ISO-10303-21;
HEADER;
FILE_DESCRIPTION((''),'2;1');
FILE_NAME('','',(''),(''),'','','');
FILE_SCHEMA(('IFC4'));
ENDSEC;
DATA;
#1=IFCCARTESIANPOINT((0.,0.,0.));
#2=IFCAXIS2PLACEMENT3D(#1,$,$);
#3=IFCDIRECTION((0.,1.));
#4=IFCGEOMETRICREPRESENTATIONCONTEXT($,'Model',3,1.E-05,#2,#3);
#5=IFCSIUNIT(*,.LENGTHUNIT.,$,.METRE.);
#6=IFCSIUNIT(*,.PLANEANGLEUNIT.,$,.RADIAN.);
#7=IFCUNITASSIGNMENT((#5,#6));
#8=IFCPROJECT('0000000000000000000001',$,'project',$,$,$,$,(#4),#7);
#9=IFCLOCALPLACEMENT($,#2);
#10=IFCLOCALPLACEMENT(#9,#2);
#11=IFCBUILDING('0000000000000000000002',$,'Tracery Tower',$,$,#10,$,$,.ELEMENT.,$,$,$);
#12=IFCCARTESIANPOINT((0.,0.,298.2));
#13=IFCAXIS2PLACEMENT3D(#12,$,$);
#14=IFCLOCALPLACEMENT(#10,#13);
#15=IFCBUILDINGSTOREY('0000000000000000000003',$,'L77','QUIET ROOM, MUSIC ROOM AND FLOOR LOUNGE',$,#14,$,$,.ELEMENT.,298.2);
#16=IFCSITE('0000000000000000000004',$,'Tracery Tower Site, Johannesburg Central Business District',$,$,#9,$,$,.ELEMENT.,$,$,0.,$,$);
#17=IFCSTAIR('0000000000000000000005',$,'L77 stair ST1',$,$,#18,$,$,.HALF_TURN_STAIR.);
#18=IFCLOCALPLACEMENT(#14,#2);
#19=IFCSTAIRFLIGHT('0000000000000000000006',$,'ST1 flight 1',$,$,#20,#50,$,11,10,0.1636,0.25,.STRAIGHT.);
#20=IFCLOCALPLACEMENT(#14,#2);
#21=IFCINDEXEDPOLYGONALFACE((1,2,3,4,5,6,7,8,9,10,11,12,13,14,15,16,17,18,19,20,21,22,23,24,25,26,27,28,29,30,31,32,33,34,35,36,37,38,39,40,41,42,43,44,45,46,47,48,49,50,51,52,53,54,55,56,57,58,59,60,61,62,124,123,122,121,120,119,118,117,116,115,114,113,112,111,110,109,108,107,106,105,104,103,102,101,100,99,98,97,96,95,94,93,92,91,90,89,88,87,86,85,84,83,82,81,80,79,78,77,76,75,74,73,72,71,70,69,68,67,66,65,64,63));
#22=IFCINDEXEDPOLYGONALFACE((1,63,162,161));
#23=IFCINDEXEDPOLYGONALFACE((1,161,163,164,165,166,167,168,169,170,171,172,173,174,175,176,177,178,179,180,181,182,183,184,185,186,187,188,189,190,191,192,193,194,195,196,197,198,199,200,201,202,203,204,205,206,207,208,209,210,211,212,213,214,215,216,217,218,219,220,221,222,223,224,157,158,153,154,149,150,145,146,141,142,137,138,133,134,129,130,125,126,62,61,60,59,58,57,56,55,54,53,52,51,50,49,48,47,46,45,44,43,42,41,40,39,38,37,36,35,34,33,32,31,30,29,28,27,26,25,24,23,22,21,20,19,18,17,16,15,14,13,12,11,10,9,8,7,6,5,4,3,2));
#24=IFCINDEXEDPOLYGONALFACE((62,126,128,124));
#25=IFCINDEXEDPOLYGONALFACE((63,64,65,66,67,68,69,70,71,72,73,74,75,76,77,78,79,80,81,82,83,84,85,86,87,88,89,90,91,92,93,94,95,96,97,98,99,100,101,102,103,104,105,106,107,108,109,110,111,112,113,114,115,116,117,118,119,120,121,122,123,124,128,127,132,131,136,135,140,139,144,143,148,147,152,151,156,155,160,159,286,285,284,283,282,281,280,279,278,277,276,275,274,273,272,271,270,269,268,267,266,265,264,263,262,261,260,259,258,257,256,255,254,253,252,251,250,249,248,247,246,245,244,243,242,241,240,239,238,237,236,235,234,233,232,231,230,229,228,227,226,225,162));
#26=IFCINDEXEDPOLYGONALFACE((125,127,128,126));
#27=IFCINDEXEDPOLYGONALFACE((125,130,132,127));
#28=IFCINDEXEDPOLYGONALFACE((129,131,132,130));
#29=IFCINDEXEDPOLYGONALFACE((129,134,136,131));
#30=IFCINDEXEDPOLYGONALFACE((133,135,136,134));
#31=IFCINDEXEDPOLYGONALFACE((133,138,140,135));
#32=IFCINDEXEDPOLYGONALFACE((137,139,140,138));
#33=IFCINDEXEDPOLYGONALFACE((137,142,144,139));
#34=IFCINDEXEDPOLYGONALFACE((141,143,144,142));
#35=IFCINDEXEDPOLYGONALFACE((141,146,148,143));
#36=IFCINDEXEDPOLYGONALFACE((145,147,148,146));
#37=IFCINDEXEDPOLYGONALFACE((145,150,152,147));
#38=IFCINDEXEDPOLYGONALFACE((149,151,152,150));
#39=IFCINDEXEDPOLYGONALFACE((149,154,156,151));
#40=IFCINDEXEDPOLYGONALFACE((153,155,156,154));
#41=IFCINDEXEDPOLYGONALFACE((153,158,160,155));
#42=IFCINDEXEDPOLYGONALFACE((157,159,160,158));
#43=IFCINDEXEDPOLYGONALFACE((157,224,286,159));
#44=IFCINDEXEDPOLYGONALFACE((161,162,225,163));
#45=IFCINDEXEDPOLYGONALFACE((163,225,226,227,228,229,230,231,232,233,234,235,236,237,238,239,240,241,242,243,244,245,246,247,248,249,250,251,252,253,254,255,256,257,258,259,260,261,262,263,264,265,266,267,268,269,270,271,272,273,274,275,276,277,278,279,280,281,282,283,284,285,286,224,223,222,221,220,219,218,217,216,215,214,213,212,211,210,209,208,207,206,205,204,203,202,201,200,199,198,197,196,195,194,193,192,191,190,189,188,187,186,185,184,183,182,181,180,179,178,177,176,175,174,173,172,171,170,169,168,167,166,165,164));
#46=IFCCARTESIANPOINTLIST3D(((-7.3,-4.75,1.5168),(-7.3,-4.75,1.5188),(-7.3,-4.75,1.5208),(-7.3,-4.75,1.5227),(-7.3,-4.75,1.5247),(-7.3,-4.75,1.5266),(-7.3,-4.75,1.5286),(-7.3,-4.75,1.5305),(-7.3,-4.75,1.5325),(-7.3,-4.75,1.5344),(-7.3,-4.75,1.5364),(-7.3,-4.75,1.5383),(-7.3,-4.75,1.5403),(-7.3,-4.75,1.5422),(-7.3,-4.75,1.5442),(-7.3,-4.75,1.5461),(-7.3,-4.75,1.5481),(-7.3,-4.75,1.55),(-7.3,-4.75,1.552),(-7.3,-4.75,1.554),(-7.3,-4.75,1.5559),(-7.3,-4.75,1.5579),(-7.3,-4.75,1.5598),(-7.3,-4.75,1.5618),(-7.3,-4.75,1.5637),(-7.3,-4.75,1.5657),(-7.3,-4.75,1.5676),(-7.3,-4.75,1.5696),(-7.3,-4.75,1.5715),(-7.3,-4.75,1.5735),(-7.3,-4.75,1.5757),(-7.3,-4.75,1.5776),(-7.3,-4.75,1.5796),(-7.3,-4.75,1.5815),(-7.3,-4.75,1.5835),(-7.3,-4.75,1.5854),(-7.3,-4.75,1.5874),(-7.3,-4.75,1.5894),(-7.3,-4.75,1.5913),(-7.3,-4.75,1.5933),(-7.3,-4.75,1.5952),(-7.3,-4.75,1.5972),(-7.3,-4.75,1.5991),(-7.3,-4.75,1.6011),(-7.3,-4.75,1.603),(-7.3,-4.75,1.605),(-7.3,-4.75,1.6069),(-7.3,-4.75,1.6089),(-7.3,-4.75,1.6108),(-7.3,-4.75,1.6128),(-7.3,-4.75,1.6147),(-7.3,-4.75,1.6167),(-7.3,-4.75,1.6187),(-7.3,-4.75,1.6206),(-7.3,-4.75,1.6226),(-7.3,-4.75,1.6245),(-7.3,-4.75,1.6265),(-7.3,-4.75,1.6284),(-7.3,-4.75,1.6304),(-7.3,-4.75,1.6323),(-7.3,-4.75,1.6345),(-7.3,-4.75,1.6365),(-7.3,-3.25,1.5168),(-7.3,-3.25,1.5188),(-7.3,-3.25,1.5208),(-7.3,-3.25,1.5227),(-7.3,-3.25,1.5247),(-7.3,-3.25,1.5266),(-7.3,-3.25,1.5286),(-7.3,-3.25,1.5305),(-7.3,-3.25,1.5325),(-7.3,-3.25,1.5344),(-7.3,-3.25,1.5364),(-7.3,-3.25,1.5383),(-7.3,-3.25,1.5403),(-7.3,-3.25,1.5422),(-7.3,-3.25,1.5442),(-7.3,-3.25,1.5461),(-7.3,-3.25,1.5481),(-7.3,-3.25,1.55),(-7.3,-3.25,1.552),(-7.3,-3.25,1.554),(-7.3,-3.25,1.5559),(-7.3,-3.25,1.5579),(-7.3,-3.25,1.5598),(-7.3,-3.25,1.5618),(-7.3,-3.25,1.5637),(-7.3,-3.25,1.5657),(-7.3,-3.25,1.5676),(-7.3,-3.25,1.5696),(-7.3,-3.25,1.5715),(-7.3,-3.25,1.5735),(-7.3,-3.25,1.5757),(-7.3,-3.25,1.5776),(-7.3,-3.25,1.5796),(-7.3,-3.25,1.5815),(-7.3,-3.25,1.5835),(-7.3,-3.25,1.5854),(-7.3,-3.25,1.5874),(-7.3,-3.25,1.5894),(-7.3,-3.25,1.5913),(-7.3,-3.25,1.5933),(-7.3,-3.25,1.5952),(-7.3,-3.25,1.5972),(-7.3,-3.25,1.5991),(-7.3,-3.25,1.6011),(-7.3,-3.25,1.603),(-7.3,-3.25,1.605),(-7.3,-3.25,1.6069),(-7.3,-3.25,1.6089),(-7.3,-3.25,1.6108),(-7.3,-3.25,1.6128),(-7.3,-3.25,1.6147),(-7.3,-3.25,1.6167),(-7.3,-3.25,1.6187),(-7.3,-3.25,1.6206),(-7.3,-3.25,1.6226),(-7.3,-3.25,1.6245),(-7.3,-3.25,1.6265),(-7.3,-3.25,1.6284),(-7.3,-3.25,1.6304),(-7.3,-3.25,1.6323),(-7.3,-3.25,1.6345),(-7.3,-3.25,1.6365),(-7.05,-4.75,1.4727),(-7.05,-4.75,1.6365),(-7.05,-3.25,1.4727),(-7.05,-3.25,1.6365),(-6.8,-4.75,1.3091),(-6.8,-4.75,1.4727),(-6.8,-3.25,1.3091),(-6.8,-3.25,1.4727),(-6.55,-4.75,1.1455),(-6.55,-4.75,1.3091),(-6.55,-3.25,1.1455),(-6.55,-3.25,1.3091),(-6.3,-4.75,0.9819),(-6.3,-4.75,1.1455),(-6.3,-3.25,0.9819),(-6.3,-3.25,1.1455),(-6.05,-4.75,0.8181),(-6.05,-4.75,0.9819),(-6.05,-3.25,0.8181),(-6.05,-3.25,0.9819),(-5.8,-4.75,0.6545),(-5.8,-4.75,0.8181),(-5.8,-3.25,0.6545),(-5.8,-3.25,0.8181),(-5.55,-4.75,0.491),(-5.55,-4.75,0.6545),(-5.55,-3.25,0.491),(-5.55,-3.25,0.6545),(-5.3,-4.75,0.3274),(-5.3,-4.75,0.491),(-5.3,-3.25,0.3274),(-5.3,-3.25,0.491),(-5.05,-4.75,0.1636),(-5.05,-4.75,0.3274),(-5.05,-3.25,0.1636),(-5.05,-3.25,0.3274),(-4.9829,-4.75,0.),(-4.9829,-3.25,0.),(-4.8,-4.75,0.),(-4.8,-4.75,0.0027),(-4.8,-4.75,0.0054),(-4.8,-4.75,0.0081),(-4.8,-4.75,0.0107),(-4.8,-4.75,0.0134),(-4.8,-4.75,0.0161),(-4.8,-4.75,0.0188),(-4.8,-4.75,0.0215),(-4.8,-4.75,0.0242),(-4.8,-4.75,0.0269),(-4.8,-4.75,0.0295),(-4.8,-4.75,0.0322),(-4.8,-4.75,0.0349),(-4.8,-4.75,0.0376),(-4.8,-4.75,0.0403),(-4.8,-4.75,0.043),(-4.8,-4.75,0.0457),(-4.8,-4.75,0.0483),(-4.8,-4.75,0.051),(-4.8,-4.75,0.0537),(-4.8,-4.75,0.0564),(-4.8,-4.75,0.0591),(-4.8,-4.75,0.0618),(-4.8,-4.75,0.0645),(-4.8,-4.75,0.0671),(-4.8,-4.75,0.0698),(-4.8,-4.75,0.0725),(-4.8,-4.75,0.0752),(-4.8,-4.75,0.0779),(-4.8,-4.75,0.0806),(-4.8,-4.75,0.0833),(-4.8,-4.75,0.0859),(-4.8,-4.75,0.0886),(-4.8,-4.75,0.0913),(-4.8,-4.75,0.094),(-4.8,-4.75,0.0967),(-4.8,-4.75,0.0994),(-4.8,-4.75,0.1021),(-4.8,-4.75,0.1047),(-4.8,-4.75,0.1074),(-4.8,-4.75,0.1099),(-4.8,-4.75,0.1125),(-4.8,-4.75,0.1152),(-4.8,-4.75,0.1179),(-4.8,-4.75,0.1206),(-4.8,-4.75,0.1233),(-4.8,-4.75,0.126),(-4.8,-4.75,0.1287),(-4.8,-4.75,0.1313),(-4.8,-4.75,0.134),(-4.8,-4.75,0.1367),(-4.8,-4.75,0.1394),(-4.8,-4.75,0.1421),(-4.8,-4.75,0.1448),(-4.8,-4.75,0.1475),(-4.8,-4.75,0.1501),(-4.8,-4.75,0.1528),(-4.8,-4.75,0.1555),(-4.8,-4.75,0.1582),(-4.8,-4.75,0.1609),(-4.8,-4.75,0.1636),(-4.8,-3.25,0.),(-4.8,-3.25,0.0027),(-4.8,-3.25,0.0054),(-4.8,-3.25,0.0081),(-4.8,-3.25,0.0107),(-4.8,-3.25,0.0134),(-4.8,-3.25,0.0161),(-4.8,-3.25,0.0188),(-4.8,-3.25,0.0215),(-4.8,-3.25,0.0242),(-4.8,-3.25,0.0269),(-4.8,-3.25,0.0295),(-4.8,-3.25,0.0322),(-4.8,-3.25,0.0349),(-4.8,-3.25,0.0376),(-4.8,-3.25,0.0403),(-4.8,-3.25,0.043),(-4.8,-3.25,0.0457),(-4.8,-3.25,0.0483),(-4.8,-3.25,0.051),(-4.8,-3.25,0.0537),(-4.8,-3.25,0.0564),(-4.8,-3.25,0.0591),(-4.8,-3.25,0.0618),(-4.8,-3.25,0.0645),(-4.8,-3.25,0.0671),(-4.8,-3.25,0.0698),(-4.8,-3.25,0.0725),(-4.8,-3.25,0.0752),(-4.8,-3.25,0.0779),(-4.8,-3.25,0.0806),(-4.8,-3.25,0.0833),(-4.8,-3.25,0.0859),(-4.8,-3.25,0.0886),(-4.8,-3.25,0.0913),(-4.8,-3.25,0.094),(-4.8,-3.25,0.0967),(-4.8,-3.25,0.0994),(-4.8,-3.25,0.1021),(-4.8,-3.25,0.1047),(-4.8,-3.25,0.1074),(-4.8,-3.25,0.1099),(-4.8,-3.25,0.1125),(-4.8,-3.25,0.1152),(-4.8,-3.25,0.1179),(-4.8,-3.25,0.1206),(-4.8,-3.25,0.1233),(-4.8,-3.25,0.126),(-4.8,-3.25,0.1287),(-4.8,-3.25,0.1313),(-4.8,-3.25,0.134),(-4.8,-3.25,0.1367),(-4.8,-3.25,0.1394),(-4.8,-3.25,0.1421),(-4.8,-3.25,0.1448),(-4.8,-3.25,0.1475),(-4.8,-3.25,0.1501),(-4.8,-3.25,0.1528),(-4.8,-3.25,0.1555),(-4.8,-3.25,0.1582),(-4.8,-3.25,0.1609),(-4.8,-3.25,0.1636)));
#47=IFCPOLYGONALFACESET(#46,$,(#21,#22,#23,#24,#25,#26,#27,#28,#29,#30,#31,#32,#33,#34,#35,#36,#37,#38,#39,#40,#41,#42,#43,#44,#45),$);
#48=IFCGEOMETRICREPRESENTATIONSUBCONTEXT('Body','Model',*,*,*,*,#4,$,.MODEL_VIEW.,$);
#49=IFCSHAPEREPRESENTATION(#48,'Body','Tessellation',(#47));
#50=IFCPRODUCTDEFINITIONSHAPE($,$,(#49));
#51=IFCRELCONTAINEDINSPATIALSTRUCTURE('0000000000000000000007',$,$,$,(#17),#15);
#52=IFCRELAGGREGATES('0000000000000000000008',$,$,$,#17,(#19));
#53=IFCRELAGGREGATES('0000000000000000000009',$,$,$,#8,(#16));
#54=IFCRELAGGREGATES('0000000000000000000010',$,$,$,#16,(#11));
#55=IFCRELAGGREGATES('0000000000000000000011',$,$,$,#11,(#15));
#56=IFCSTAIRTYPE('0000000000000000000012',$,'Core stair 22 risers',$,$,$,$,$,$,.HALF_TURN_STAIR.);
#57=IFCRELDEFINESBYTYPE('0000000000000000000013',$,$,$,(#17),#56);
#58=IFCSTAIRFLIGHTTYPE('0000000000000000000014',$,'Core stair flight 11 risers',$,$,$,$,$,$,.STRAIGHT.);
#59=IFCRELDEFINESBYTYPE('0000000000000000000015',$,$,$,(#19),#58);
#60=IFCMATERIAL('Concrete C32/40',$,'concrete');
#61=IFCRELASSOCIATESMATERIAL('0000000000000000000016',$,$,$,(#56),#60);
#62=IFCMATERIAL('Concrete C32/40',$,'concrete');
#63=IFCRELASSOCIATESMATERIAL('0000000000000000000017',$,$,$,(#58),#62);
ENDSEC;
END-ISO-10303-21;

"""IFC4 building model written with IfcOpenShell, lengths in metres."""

from ifc_helpers import new_model, si_unit, direction, frame, origin, place, context, subcontext, project, spatial, polyline, outline, extrude, material, type_object, element, aggregate, save


model = new_model("IFC4")

# Units and contexts
model_context = context("Model", 3, precision=1e-05, world=origin(), true_north=direction((0.0, 1.0)))
body_context = subcontext(model_context, "Body", "Model", "MODEL_VIEW")
ifc_project = project(units=[si_unit("LENGTHUNIT", "METRE"), si_unit("PLANEANGLEUNIT", "RADIAN")], contexts=[model_context])

# Site, building, storey
site_placement = place(None, origin())
site = spatial("IfcSite", under=ifc_project, at=site_placement, Name="Tracery Tower Site, Johannesburg Central Business District", CompositionType="ELEMENT", RefElevation=0.0)
building_placement = place(site_placement, origin())
building = spatial("IfcBuilding", under=site, at=building_placement, Name="Tracery Tower", CompositionType="ELEMENT")
storey_placement = place(building_placement, frame((0.0, 0.0, 298.2)))
storey = spatial("IfcBuildingStorey", under=building, at=storey_placement, Name="L77", Description="QUIET ROOM, MUSIC ROOM AND FLOOR LOUNGE", CompositionType="ELEMENT", Elevation=298.2)

# Stair, stair flight
ifc_material_1 = material(Name="Concrete C32/40", Category="concrete")
stair_type = type_object("IfcStairType", Name="Core stair 22 risers", PredefinedType="HALF_TURN_STAIR", material=ifc_material_1)
stair_placement = place(storey_placement, origin())
stair = element("IfcStair", 1, at=stair_placement, inside=storey, type_object=stair_type, Name="L77 stair ST1", PredefinedType="HALF_TURN_STAIR")
ifc_material_2 = material(Name="Concrete C32/40", Category="concrete")
stair_flight_type = type_object("IfcStairFlightType", Name="Core stair flight 11 risers", PredefinedType="STRAIGHT", material=ifc_material_2)
stair_flight_1_placement = place(storey_placement, frame((-4.8, -4.0, 0.0), z_axis=(0.0, 0.0, 1.0), x_axis=(-1.0, 0.0, 0.0)))
stair_flight_1 = element("IfcStairFlight", 2, at=stair_flight_1_placement, type_object=stair_flight_type, Name="ST1 flight 1", NumberOfRisers=11, NumberOfTreads=10, PredefinedType="STRAIGHT", RiserHeight=0.1636, TreadLength=0.25, context=body_context, shape_type="SweptSolid", body=[
    extrude(outline(polyline([(0.0, 0.0), (0.0, 0.0027), (0.0, 0.0054), (0.0, 0.0081), (0.0, 0.0107), (0.0, 0.0134), (0.0, 0.0161), (0.0, 0.0188), (0.0, 0.0215), (0.0, 0.0242), (0.0, 0.0269), (0.0, 0.0295), (0.0, 0.0322), (0.0, 0.0349), (0.0, 0.0376), (0.0, 0.0403), (0.0, 0.043), (0.0, 0.0457), (0.0, 0.0483), (0.0, 0.051), (0.0, 0.0537), (0.0, 0.0564), (0.0, 0.0591), (0.0, 0.0618), (0.0, 0.0645), (0.0, 0.0671), (0.0, 0.0698), (0.0, 0.0725), (0.0, 0.0752), (0.0, 0.0779), (0.0, 0.0806), (0.0, 0.0833), (0.0, 0.0859), (0.0, 0.0886), (0.0, 0.0913), (0.0, 0.094), (0.0, 0.0967), (0.0, 0.0994), (0.0, 0.1021), (0.0, 0.1047), (0.0, 0.1074), (0.0, 0.1099), (0.0, 0.1125), (0.0, 0.1152), (0.0, 0.1179), (0.0, 0.1206), (0.0, 0.1233), (0.0, 0.126), (0.0, 0.1287), (0.0, 0.1313), (0.0, 0.134), (0.0, 0.1367), (0.0, 0.1394), (0.0, 0.1421), (0.0, 0.1448), (0.0, 0.1475), (0.0, 0.1501), (0.0, 0.1528), (0.0, 0.1555), (0.0, 0.1582), (0.0, 0.1609), (0.0, 0.1636), (0.25, 0.1636), (0.25, 0.3274), (0.5, 0.3274), (0.5, 0.491), (0.75, 0.491), (0.75, 0.6545), (1.0, 0.6545), (1.0, 0.8181), (1.25, 0.8181), (1.25, 0.9819), (1.5, 0.9819), (1.5, 1.1455), (1.75, 1.1455), (1.75, 1.3091), (2.0, 1.3091), (2.0, 1.4727), (2.25, 1.4727), (2.25, 1.6365), (2.5, 1.6365), (2.5, 1.6345), (2.5, 1.6323), (2.5, 1.6304), (2.5, 1.6284), (2.5, 1.6265), (2.5, 1.6245), (2.5, 1.6226), (2.5, 1.6206), (2.5, 1.6187), (2.5, 1.6167), (2.5, 1.6147), (2.5, 1.6128), (2.5, 1.6108), (2.5, 1.6089), (2.5, 1.6069), (2.5, 1.605), (2.5, 1.603), (2.5, 1.6011), (2.5, 1.5991), (2.5, 1.5972), (2.5, 1.5952), (2.5, 1.5933), (2.5, 1.5913), (2.5, 1.5894), (2.5, 1.5874), (2.5, 1.5854), (2.5, 1.5835), (2.5, 1.5815), (2.5, 1.5796), (2.5, 1.5776), (2.5, 1.5757), (2.5, 1.5735), (2.5, 1.5715), (2.5, 1.5696), (2.5, 1.5676), (2.5, 1.5657), (2.5, 1.5637), (2.5, 1.5618), (2.5, 1.5598), (2.5, 1.5579), (2.5, 1.5559), (2.5, 1.554), (2.5, 1.552), (2.5, 1.55), (2.5, 1.5481), (2.5, 1.5461), (2.5, 1.5442), (2.5, 1.5422), (2.5, 1.5403), (2.5, 1.5383), (2.5, 1.5364), (2.5, 1.5344), (2.5, 1.5325), (2.5, 1.5305), (2.5, 1.5286), (2.5, 1.5266), (2.5, 1.5247), (2.5, 1.5227), (2.5, 1.5208), (2.5, 1.5188), (2.5, 1.5168), (0.1829, 0.0), (0.0, 0.0)])), frame((0.0, 0.75, 0.0), z_axis=(0.0, -1.0, 0.0), x_axis=(1.0, 0.0, 0.0)), (0.0, 0.0, 1.0), 1.5),
])
aggregate(stair, [stair_flight_1])

save(model, "model.ifc")
